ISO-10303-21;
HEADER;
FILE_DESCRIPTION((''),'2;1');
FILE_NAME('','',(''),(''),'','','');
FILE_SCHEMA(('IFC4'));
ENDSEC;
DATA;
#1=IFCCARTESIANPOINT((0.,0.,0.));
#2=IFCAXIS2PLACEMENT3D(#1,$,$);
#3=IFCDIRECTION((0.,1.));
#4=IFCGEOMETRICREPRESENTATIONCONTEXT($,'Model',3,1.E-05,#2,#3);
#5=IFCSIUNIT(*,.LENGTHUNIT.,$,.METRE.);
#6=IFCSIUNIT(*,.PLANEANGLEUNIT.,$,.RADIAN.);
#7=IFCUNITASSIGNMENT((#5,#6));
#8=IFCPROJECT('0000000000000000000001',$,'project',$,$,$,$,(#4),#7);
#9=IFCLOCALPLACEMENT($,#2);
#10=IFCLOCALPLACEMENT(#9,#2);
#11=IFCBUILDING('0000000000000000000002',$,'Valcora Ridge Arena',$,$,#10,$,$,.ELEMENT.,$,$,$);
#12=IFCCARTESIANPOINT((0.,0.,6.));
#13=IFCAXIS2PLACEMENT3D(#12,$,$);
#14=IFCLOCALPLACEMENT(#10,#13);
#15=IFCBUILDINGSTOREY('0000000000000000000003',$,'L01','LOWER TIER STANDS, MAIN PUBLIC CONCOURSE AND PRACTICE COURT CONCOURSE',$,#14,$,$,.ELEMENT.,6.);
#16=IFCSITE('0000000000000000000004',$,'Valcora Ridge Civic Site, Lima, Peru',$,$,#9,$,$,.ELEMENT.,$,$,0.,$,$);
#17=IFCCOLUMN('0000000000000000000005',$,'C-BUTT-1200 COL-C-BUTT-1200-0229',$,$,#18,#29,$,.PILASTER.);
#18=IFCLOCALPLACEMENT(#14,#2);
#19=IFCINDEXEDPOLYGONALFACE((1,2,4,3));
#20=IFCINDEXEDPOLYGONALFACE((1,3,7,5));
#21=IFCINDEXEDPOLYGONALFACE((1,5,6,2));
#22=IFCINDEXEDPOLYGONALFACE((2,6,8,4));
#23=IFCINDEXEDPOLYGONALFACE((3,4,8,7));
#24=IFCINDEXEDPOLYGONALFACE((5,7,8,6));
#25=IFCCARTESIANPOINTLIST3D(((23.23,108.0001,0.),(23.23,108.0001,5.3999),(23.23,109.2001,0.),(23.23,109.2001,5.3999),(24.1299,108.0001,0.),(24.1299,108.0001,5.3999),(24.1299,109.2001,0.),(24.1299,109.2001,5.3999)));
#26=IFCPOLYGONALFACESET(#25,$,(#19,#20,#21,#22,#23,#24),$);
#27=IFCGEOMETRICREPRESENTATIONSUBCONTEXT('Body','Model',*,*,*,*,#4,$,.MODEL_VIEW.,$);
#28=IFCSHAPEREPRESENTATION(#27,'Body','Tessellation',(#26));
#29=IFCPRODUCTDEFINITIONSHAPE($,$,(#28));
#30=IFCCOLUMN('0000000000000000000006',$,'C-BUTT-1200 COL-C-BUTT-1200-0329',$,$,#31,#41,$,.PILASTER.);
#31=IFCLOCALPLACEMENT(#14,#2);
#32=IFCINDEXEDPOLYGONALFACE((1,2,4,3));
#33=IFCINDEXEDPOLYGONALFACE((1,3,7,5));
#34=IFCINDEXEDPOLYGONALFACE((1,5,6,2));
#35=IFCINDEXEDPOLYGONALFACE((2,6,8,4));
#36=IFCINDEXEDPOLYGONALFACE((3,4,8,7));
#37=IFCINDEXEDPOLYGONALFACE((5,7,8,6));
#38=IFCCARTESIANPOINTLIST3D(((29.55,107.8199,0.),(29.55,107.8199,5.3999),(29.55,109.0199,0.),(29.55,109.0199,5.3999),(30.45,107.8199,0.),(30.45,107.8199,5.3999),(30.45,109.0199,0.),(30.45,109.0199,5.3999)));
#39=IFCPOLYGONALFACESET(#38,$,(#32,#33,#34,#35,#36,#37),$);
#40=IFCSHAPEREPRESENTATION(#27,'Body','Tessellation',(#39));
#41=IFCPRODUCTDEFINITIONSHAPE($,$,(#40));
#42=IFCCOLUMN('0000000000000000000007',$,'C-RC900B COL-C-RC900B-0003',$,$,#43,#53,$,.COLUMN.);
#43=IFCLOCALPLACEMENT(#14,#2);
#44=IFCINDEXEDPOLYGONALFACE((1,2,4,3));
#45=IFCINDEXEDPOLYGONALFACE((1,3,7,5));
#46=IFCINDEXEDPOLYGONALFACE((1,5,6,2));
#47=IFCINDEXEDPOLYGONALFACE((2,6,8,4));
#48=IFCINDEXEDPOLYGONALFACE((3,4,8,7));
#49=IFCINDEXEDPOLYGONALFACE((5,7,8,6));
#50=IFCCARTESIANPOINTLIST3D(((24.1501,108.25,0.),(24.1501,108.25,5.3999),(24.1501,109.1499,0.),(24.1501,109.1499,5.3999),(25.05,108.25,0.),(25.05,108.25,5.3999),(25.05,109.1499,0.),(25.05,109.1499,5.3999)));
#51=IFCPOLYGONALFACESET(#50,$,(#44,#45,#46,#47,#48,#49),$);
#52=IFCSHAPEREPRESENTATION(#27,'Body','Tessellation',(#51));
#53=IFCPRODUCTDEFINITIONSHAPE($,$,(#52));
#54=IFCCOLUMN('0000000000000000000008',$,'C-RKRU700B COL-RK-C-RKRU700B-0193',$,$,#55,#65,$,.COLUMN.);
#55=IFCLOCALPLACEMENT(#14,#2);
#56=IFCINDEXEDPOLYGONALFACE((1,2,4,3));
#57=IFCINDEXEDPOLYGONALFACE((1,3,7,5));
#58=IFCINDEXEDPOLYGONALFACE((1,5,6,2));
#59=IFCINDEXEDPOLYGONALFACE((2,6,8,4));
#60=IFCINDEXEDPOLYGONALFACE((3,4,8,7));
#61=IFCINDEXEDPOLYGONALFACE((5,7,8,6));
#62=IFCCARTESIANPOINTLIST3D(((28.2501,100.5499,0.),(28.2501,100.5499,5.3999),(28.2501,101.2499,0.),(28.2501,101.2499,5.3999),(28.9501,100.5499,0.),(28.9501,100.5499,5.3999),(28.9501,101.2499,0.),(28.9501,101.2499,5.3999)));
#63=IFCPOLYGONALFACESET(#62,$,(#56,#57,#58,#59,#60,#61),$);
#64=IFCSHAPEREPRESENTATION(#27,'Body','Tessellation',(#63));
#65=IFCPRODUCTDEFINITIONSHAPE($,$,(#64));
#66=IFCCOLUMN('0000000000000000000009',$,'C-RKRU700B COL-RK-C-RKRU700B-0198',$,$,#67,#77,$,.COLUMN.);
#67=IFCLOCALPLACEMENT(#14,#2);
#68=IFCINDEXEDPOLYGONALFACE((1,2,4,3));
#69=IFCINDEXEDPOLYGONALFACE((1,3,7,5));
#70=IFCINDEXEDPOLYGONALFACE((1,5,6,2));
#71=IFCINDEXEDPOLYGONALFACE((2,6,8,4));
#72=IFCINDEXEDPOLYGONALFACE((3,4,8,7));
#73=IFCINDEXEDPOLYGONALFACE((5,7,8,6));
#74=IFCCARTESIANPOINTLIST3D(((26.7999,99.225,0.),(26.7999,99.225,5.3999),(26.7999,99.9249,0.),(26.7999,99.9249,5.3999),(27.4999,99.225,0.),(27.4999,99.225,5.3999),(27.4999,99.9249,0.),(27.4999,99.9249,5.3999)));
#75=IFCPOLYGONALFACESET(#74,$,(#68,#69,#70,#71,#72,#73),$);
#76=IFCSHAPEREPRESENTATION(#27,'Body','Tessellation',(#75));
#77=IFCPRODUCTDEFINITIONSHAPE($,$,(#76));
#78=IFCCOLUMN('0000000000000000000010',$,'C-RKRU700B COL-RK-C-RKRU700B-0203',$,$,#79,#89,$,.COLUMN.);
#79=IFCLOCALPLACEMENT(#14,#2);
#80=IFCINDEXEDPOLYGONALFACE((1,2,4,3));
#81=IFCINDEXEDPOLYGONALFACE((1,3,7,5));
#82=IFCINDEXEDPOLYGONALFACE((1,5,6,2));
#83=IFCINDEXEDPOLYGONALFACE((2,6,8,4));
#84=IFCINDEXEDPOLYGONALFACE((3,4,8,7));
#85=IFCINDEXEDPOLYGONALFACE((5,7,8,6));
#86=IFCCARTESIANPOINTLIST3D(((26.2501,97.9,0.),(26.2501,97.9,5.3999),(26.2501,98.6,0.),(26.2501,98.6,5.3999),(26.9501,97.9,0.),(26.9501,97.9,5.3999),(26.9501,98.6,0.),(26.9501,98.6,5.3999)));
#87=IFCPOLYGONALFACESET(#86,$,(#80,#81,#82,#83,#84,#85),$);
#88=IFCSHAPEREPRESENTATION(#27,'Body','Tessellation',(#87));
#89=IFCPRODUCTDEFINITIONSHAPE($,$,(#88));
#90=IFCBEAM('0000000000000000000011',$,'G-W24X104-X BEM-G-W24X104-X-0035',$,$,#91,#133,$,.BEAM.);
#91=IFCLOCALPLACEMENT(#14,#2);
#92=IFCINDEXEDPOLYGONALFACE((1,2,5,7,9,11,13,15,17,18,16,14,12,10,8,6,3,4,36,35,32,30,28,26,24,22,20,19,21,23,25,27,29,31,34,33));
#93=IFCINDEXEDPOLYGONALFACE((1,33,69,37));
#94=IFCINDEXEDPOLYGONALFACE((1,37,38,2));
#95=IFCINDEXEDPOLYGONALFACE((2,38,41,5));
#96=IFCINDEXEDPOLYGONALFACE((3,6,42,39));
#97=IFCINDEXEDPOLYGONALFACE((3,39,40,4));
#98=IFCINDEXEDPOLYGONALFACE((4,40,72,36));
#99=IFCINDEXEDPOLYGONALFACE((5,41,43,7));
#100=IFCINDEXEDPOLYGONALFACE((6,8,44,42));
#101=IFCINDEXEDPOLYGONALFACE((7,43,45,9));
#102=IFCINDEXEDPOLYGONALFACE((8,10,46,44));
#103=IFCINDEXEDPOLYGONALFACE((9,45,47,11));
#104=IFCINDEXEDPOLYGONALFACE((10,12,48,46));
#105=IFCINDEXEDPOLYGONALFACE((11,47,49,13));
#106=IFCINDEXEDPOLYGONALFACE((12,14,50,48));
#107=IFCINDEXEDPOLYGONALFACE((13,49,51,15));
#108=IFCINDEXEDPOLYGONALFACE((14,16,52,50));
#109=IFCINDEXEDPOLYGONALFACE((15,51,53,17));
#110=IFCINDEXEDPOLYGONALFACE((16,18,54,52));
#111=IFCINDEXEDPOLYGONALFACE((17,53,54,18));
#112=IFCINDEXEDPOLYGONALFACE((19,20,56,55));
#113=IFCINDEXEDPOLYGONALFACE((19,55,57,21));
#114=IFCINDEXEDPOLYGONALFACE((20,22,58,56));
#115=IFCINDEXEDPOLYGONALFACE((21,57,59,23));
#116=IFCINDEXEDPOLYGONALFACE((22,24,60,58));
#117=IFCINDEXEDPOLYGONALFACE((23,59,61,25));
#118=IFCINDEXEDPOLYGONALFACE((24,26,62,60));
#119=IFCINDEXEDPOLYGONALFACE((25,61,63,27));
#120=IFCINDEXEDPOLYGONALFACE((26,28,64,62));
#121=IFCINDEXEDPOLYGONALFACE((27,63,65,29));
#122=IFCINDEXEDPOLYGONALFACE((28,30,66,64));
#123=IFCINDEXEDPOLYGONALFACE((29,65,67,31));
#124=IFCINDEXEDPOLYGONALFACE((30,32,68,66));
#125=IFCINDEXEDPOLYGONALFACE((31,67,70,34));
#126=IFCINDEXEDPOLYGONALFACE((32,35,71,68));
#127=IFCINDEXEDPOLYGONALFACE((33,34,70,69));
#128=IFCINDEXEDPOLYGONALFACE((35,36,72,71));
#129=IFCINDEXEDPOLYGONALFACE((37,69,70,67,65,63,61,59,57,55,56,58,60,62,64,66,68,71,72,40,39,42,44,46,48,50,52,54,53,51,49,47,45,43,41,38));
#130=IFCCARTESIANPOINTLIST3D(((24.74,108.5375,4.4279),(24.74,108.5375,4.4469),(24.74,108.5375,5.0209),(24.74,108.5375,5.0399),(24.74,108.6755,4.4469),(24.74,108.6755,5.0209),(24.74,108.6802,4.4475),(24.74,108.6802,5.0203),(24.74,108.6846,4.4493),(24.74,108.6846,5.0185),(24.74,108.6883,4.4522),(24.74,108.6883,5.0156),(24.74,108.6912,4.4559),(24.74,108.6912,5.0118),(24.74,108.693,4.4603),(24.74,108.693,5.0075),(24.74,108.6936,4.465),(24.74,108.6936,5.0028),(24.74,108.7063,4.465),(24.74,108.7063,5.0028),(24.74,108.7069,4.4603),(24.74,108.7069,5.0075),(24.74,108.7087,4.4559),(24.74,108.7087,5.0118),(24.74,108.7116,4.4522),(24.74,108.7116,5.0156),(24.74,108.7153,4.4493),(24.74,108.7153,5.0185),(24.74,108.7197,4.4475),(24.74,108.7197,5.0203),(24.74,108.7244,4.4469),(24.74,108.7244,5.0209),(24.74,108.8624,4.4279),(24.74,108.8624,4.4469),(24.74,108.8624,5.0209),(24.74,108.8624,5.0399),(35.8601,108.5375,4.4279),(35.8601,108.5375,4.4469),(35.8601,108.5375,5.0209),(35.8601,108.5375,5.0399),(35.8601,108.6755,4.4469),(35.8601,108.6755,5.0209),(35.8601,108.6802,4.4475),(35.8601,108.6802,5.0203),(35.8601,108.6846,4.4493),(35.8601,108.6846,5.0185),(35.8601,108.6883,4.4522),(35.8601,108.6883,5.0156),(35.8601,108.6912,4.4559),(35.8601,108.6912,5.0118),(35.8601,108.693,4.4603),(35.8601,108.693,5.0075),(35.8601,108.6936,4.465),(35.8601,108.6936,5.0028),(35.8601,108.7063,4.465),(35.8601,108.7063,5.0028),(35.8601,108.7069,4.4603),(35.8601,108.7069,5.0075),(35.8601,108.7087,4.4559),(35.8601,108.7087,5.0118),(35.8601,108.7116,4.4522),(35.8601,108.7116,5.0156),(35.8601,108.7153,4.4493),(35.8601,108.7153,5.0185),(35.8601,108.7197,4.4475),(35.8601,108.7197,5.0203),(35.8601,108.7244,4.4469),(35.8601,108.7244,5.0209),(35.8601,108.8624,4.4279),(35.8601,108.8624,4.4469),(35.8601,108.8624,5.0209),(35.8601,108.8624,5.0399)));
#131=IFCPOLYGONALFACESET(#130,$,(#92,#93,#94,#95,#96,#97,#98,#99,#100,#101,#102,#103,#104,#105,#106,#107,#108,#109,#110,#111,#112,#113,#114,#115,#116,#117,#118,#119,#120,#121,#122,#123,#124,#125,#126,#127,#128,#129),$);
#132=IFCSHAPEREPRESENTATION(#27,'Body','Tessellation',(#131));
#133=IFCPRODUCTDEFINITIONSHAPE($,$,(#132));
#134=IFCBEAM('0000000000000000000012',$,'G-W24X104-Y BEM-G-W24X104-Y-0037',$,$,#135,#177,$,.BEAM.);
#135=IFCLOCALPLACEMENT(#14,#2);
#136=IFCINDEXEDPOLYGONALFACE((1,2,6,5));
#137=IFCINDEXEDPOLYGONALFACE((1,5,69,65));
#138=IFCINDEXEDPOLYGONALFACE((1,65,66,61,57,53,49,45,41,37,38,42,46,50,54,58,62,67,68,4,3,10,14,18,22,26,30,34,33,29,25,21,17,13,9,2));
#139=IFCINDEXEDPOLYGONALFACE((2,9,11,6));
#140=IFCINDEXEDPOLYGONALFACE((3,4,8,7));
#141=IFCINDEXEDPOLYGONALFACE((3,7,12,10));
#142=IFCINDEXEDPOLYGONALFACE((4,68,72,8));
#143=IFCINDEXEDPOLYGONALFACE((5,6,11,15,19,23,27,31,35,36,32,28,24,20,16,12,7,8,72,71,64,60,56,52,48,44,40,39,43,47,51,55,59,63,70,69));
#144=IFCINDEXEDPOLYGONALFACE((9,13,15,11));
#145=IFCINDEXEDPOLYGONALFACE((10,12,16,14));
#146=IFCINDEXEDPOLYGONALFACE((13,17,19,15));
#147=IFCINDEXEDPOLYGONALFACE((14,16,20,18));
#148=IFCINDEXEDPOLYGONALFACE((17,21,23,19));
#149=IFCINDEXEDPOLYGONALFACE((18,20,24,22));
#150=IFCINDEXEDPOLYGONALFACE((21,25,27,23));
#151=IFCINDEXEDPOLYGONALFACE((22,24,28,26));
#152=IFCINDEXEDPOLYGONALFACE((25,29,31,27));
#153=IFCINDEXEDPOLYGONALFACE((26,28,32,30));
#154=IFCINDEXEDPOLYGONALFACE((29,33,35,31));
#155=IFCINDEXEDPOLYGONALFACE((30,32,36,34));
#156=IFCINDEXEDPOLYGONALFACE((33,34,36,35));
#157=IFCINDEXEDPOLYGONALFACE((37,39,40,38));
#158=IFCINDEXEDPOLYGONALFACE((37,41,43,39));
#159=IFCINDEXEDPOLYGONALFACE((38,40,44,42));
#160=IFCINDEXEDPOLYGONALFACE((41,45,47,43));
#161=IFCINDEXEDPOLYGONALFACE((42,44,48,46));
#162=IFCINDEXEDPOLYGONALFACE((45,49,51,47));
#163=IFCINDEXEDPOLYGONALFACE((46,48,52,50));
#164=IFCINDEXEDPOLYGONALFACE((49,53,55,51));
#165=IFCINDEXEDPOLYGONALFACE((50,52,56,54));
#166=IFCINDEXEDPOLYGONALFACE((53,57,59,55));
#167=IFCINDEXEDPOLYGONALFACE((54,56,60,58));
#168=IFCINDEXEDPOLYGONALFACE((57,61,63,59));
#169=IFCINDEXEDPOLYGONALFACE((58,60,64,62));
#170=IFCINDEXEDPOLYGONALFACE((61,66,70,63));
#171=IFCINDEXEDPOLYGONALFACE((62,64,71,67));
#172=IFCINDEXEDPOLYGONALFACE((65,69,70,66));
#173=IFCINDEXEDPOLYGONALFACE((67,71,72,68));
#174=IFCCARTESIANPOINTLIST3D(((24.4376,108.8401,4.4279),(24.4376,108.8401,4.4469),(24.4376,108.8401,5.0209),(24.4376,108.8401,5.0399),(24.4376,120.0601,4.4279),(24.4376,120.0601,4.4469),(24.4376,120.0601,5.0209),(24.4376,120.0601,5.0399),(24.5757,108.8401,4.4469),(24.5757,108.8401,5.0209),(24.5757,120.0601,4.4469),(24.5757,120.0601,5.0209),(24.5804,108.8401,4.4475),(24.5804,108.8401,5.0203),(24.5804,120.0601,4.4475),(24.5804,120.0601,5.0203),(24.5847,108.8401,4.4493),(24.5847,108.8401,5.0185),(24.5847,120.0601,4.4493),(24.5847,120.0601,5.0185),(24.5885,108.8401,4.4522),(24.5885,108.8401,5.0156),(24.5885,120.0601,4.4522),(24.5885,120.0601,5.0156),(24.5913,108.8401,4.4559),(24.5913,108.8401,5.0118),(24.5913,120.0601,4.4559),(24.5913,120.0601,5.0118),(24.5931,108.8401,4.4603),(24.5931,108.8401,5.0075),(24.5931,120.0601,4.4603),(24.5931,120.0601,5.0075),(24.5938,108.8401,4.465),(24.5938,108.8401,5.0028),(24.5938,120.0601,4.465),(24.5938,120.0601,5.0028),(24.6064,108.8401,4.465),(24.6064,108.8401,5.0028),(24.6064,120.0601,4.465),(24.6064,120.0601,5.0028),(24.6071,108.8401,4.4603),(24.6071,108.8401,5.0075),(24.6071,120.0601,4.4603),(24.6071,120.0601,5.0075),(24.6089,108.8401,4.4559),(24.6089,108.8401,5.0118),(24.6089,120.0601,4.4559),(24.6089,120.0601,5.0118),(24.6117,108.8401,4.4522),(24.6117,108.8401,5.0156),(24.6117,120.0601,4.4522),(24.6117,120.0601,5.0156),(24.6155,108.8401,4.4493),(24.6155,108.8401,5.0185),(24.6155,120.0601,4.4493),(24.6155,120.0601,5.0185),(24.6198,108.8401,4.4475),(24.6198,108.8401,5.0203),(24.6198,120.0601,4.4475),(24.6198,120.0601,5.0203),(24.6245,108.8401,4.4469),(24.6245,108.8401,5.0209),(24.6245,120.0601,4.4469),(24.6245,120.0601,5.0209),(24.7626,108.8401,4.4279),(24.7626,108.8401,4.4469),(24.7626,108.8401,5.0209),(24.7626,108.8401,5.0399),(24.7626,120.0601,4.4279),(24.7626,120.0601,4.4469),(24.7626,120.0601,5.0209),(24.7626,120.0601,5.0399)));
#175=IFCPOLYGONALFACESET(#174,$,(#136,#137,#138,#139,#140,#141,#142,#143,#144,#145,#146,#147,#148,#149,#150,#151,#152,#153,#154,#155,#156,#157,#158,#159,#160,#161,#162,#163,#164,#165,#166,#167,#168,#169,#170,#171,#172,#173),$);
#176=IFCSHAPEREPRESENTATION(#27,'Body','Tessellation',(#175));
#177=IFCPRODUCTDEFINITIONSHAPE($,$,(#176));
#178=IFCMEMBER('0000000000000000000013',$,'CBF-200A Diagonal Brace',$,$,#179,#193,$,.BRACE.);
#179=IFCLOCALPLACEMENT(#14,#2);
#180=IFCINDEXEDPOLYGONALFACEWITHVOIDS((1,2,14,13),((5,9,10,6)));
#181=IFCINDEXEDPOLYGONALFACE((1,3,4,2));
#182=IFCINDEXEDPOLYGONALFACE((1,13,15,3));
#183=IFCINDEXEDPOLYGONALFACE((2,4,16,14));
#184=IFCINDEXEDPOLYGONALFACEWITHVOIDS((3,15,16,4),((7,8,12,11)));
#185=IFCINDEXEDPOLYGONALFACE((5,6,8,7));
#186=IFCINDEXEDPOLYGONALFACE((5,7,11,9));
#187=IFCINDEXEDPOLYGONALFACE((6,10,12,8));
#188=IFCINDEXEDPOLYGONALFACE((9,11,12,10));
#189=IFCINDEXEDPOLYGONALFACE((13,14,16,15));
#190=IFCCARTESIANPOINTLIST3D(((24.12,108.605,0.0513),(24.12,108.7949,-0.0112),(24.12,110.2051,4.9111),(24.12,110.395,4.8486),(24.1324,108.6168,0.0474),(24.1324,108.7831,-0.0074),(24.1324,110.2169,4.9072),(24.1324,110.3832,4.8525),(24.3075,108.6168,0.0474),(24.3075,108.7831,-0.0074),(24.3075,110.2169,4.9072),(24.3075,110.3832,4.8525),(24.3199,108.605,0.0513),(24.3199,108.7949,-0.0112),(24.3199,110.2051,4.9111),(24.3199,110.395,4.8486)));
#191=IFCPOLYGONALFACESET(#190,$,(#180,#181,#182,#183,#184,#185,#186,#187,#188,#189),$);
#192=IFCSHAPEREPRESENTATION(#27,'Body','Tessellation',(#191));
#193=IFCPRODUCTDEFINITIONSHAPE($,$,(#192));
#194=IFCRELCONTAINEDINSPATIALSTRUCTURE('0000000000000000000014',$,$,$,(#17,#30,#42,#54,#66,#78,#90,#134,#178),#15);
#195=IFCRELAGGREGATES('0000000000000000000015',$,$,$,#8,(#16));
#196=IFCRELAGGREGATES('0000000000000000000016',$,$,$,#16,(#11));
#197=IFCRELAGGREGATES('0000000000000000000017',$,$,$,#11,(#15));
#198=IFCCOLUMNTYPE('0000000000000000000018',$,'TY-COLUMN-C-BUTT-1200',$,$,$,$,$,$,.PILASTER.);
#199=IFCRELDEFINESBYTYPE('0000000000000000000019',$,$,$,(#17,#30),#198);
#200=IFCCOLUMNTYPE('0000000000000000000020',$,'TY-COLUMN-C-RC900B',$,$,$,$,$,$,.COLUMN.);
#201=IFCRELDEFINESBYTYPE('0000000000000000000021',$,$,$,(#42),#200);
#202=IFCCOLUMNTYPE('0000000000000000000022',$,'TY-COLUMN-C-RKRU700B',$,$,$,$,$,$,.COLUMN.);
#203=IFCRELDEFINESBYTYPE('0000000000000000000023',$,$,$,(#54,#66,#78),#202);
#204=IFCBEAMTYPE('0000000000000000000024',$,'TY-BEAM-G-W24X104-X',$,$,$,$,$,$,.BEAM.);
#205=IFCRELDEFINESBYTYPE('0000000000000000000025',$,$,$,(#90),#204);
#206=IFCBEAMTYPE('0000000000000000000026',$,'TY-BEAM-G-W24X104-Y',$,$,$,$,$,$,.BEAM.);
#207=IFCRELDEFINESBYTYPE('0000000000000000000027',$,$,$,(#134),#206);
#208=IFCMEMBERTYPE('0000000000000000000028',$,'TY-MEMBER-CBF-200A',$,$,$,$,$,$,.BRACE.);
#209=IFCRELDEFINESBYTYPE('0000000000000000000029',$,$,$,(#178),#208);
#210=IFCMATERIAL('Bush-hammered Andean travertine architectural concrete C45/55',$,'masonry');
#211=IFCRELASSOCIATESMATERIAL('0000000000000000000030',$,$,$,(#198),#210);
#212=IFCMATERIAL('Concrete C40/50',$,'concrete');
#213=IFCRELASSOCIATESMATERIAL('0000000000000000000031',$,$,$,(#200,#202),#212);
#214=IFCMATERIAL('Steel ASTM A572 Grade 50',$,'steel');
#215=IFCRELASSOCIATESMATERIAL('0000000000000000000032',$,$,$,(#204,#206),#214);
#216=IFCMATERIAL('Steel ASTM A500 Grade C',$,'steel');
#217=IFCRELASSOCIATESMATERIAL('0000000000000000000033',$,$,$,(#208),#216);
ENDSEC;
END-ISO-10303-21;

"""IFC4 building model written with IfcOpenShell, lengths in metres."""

from ifc_helpers import new_model, si_unit, direction, frame, origin, origin_2d, place, context, subcontext, project, spatial, rectangle, hollow_rectangle, i_section, extrude, material, material_profile, profile_set, type_object, element, save


model = new_model("IFC4")

# Units and contexts
model_context = context("Model", 3, precision=1e-05, world=origin(), true_north=direction((0.0, 1.0)))
body_context = subcontext(model_context, "Body", "Model", "MODEL_VIEW")
ifc_project = project(units=[si_unit("LENGTHUNIT", "METRE"), si_unit("PLANEANGLEUNIT", "RADIAN")], contexts=[model_context])

# Site, building, storey
site_placement = place(None, origin())
site = spatial("IfcSite", under=ifc_project, at=site_placement, Name="Valcora Ridge Civic Site, Lima, Peru", CompositionType="ELEMENT", RefElevation=0.0)
building_placement = place(site_placement, origin())
building = spatial("IfcBuilding", under=site, at=building_placement, Name="Valcora Ridge Arena", CompositionType="ELEMENT")
storey_placement = place(building_placement, frame((0.0, 0.0, 6.0)))
storey = spatial("IfcBuildingStorey", under=building, at=storey_placement, Name="L01", Description="LOWER TIER STANDS, MAIN PUBLIC CONCOURSE AND PRACTICE COURT CONCOURSE", CompositionType="ELEMENT", Elevation=6.0)

# Columns
ifc_material_1 = material(Name="Bush-hammered Andean travertine architectural concrete C45/55", Category="masonry")
ifc_material_profile_1 = material_profile(ifc_material_1, rectangle(XDim=0.8999, YDim=1.2, at=origin_2d()), Name="RC 900x1200")
ifc_profile_set_1 = profile_set([ifc_material_profile_1], Name="Bush-hammered Andean travertine architectural concrete C45/55")
column_type_1 = type_object("IfcColumnType", Name="TY-COLUMN-C-BUTT-1200", PredefinedType="PILASTER", material=ifc_profile_set_1)
for number, where, z_axis, x_axis, name in (
    (1, (23.6799, 108.6001, 0.0), (0.0, 0.0, 1.0), (1.0, 0.0, 0.0), "C-BUTT-1200 COL-C-BUTT-1200-0229"),
    (2, (30.0, 108.4199, 0.0), (0.0, 0.0, 1.0), (1.0, 0.0, 0.0), "C-BUTT-1200 COL-C-BUTT-1200-0329"),
):
    element("IfcColumn", number, at=place(storey_placement, frame(where, z_axis=z_axis, x_axis=x_axis)), inside=storey, type_object=column_type_1, Name=name, PredefinedType="PILASTER", context=body_context, shape_type="SweptSolid", body=[
        extrude(rectangle(XDim=0.8999, YDim=1.2, at=origin_2d()), origin(), (0.0, 0.0, 1.0), 5.3999),
    ])
ifc_material_2 = material(Name="Concrete C40/50", Category="concrete")
ifc_material_profile_2 = material_profile(ifc_material_2, rectangle(XDim=0.8999, YDim=0.8999, at=origin_2d()), Name="RC 900x900")
ifc_profile_set_2 = profile_set([ifc_material_profile_2], Name="Concrete C40/50")
column_type_2 = type_object("IfcColumnType", Name="TY-COLUMN-C-RC900B", PredefinedType="COLUMN", material=ifc_profile_set_2)
column_placement = place(storey_placement, frame((24.6001, 108.7, 0.0), z_axis=(0.0, 0.0, 1.0), x_axis=(1.0, 0.0, 0.0)))
element("IfcColumn", 3, at=column_placement, inside=storey, type_object=column_type_2, Name="C-RC900B COL-C-RC900B-0003", PredefinedType="COLUMN", context=body_context, shape_type="SweptSolid", body=[
    extrude(rectangle(XDim=0.8999, YDim=0.8999, at=origin_2d()), origin(), (0.0, 0.0, 1.0), 5.3999),
])
ifc_material_profile_3 = material_profile(ifc_material_2, rectangle(XDim=0.7, YDim=0.7, at=origin_2d()), Name="RC 700x700")
ifc_profile_set_3 = profile_set([ifc_material_profile_3], Name="Concrete C40/50")
column_type_3 = type_object("IfcColumnType", Name="TY-COLUMN-C-RKRU700B", PredefinedType="COLUMN", material=ifc_profile_set_3)
for number, where, z_axis, x_axis, name in (
    (4, (28.6001, 100.8999, 0.0), (0.0, 0.0, 1.0), (1.0, 0.0, 0.0), "C-RKRU700B COL-RK-C-RKRU700B-0193"),
    (5, (27.1499, 99.575, 0.0), (0.0, 0.0, 1.0), (1.0, 0.0, 0.0), "C-RKRU700B COL-RK-C-RKRU700B-0198"),
    (6, (26.6001, 98.25, 0.0), (0.0, 0.0, 1.0), (1.0, 0.0, 0.0), "C-RKRU700B COL-RK-C-RKRU700B-0203"),
):
    element("IfcColumn", number, at=place(storey_placement, frame(where, z_axis=z_axis, x_axis=x_axis)), inside=storey, type_object=column_type_3, Name=name, PredefinedType="COLUMN", context=body_context, shape_type="SweptSolid", body=[
        extrude(rectangle(XDim=0.7, YDim=0.7, at=origin_2d()), origin(), (0.0, 0.0, 1.0), 5.3999),
    ])

# Beams
ifc_material_3 = material(Name="Steel ASTM A572 Grade 50", Category="steel")
ifc_material_profile_4 = material_profile(ifc_material_3, i_section(OverallWidth=0.325, OverallDepth=0.6121, WebThickness=0.0127, FlangeThickness=0.019, FilletRadius=0.0181, at=origin_2d()), Name="W24X104")
ifc_profile_set_4 = profile_set([ifc_material_profile_4], Name="Steel ASTM A572 Grade 50")
beam_type_1 = type_object("IfcBeamType", Name="TY-BEAM-G-W24X104-X", PredefinedType="BEAM", material=ifc_profile_set_4)
beam_1_placement = place(storey_placement, frame((24.74, 108.7, 4.7339), z_axis=(1.0, 0.0, 0.0), x_axis=(0.0, 1.0, 0.0)))
element("IfcBeam", 7, at=beam_1_placement, inside=storey, type_object=beam_type_1, Name="G-W24X104-X BEM-G-W24X104-X-0035", PredefinedType="BEAM", context=body_context, shape_type="SweptSolid", body=[
    extrude(i_section(OverallWidth=0.325, OverallDepth=0.6121, WebThickness=0.0127, FlangeThickness=0.019, FilletRadius=0.0181, at=origin_2d()), origin(), (0.0, 0.0, 1.0), 11.1201),
])
ifc_material_profile_5 = material_profile(ifc_material_3, i_section(OverallWidth=0.325, OverallDepth=0.6121, WebThickness=0.0127, FlangeThickness=0.019, FilletRadius=0.0181, at=origin_2d()), Name="W24X104")
ifc_profile_set_5 = profile_set([ifc_material_profile_5], Name="Steel ASTM A572 Grade 50")
beam_type_2 = type_object("IfcBeamType", Name="TY-BEAM-G-W24X104-Y", PredefinedType="BEAM", material=ifc_profile_set_5)
beam_2_placement = place(storey_placement, frame((24.6001, 108.8401, 4.7339), z_axis=(0.0, 1.0, 0.0), x_axis=(-1.0, 0.0, 0.0)))
element("IfcBeam", 8, at=beam_2_placement, inside=storey, type_object=beam_type_2, Name="G-W24X104-Y BEM-G-W24X104-Y-0037", PredefinedType="BEAM", context=body_context, shape_type="SweptSolid", body=[
    extrude(i_section(OverallWidth=0.325, OverallDepth=0.6121, WebThickness=0.0127, FlangeThickness=0.019, FilletRadius=0.0181, at=origin_2d()), origin(), (0.0, 0.0, 1.0), 11.22),
])

# Member
ifc_material_4 = material(Name="Steel ASTM A500 Grade C", Category="steel")
ifc_material_profile_6 = material_profile(ifc_material_4, hollow_rectangle(XDim=0.2, YDim=0.2, WallThickness=0.0125, at=origin_2d()), Name="HSS200X200X12")
ifc_profile_set_6 = profile_set([ifc_material_profile_6], Name="Steel ASTM A500 Grade C")
member_type = type_object("IfcMemberType", Name="TY-MEMBER-CBF-200A", PredefinedType="BRACE", material=ifc_profile_set_6)
member_placement = place(storey_placement, frame((24.22, 108.7, 0.02), z_axis=(0.0, 0.312733, 0.949841), x_axis=(-1.0, 0.0, 0.0)))
element("IfcMember", 9, at=member_placement, inside=storey, type_object=member_type, Name="CBF-200A Diagonal Brace", PredefinedType="BRACE", context=body_context, shape_type="SweptSolid", body=[
    extrude(hollow_rectangle(XDim=0.2, YDim=0.2, WallThickness=0.0125, at=origin_2d()), origin(), (0.0, 0.0, 1.0), 5.1165),
])

save(model, "model.ifc")
